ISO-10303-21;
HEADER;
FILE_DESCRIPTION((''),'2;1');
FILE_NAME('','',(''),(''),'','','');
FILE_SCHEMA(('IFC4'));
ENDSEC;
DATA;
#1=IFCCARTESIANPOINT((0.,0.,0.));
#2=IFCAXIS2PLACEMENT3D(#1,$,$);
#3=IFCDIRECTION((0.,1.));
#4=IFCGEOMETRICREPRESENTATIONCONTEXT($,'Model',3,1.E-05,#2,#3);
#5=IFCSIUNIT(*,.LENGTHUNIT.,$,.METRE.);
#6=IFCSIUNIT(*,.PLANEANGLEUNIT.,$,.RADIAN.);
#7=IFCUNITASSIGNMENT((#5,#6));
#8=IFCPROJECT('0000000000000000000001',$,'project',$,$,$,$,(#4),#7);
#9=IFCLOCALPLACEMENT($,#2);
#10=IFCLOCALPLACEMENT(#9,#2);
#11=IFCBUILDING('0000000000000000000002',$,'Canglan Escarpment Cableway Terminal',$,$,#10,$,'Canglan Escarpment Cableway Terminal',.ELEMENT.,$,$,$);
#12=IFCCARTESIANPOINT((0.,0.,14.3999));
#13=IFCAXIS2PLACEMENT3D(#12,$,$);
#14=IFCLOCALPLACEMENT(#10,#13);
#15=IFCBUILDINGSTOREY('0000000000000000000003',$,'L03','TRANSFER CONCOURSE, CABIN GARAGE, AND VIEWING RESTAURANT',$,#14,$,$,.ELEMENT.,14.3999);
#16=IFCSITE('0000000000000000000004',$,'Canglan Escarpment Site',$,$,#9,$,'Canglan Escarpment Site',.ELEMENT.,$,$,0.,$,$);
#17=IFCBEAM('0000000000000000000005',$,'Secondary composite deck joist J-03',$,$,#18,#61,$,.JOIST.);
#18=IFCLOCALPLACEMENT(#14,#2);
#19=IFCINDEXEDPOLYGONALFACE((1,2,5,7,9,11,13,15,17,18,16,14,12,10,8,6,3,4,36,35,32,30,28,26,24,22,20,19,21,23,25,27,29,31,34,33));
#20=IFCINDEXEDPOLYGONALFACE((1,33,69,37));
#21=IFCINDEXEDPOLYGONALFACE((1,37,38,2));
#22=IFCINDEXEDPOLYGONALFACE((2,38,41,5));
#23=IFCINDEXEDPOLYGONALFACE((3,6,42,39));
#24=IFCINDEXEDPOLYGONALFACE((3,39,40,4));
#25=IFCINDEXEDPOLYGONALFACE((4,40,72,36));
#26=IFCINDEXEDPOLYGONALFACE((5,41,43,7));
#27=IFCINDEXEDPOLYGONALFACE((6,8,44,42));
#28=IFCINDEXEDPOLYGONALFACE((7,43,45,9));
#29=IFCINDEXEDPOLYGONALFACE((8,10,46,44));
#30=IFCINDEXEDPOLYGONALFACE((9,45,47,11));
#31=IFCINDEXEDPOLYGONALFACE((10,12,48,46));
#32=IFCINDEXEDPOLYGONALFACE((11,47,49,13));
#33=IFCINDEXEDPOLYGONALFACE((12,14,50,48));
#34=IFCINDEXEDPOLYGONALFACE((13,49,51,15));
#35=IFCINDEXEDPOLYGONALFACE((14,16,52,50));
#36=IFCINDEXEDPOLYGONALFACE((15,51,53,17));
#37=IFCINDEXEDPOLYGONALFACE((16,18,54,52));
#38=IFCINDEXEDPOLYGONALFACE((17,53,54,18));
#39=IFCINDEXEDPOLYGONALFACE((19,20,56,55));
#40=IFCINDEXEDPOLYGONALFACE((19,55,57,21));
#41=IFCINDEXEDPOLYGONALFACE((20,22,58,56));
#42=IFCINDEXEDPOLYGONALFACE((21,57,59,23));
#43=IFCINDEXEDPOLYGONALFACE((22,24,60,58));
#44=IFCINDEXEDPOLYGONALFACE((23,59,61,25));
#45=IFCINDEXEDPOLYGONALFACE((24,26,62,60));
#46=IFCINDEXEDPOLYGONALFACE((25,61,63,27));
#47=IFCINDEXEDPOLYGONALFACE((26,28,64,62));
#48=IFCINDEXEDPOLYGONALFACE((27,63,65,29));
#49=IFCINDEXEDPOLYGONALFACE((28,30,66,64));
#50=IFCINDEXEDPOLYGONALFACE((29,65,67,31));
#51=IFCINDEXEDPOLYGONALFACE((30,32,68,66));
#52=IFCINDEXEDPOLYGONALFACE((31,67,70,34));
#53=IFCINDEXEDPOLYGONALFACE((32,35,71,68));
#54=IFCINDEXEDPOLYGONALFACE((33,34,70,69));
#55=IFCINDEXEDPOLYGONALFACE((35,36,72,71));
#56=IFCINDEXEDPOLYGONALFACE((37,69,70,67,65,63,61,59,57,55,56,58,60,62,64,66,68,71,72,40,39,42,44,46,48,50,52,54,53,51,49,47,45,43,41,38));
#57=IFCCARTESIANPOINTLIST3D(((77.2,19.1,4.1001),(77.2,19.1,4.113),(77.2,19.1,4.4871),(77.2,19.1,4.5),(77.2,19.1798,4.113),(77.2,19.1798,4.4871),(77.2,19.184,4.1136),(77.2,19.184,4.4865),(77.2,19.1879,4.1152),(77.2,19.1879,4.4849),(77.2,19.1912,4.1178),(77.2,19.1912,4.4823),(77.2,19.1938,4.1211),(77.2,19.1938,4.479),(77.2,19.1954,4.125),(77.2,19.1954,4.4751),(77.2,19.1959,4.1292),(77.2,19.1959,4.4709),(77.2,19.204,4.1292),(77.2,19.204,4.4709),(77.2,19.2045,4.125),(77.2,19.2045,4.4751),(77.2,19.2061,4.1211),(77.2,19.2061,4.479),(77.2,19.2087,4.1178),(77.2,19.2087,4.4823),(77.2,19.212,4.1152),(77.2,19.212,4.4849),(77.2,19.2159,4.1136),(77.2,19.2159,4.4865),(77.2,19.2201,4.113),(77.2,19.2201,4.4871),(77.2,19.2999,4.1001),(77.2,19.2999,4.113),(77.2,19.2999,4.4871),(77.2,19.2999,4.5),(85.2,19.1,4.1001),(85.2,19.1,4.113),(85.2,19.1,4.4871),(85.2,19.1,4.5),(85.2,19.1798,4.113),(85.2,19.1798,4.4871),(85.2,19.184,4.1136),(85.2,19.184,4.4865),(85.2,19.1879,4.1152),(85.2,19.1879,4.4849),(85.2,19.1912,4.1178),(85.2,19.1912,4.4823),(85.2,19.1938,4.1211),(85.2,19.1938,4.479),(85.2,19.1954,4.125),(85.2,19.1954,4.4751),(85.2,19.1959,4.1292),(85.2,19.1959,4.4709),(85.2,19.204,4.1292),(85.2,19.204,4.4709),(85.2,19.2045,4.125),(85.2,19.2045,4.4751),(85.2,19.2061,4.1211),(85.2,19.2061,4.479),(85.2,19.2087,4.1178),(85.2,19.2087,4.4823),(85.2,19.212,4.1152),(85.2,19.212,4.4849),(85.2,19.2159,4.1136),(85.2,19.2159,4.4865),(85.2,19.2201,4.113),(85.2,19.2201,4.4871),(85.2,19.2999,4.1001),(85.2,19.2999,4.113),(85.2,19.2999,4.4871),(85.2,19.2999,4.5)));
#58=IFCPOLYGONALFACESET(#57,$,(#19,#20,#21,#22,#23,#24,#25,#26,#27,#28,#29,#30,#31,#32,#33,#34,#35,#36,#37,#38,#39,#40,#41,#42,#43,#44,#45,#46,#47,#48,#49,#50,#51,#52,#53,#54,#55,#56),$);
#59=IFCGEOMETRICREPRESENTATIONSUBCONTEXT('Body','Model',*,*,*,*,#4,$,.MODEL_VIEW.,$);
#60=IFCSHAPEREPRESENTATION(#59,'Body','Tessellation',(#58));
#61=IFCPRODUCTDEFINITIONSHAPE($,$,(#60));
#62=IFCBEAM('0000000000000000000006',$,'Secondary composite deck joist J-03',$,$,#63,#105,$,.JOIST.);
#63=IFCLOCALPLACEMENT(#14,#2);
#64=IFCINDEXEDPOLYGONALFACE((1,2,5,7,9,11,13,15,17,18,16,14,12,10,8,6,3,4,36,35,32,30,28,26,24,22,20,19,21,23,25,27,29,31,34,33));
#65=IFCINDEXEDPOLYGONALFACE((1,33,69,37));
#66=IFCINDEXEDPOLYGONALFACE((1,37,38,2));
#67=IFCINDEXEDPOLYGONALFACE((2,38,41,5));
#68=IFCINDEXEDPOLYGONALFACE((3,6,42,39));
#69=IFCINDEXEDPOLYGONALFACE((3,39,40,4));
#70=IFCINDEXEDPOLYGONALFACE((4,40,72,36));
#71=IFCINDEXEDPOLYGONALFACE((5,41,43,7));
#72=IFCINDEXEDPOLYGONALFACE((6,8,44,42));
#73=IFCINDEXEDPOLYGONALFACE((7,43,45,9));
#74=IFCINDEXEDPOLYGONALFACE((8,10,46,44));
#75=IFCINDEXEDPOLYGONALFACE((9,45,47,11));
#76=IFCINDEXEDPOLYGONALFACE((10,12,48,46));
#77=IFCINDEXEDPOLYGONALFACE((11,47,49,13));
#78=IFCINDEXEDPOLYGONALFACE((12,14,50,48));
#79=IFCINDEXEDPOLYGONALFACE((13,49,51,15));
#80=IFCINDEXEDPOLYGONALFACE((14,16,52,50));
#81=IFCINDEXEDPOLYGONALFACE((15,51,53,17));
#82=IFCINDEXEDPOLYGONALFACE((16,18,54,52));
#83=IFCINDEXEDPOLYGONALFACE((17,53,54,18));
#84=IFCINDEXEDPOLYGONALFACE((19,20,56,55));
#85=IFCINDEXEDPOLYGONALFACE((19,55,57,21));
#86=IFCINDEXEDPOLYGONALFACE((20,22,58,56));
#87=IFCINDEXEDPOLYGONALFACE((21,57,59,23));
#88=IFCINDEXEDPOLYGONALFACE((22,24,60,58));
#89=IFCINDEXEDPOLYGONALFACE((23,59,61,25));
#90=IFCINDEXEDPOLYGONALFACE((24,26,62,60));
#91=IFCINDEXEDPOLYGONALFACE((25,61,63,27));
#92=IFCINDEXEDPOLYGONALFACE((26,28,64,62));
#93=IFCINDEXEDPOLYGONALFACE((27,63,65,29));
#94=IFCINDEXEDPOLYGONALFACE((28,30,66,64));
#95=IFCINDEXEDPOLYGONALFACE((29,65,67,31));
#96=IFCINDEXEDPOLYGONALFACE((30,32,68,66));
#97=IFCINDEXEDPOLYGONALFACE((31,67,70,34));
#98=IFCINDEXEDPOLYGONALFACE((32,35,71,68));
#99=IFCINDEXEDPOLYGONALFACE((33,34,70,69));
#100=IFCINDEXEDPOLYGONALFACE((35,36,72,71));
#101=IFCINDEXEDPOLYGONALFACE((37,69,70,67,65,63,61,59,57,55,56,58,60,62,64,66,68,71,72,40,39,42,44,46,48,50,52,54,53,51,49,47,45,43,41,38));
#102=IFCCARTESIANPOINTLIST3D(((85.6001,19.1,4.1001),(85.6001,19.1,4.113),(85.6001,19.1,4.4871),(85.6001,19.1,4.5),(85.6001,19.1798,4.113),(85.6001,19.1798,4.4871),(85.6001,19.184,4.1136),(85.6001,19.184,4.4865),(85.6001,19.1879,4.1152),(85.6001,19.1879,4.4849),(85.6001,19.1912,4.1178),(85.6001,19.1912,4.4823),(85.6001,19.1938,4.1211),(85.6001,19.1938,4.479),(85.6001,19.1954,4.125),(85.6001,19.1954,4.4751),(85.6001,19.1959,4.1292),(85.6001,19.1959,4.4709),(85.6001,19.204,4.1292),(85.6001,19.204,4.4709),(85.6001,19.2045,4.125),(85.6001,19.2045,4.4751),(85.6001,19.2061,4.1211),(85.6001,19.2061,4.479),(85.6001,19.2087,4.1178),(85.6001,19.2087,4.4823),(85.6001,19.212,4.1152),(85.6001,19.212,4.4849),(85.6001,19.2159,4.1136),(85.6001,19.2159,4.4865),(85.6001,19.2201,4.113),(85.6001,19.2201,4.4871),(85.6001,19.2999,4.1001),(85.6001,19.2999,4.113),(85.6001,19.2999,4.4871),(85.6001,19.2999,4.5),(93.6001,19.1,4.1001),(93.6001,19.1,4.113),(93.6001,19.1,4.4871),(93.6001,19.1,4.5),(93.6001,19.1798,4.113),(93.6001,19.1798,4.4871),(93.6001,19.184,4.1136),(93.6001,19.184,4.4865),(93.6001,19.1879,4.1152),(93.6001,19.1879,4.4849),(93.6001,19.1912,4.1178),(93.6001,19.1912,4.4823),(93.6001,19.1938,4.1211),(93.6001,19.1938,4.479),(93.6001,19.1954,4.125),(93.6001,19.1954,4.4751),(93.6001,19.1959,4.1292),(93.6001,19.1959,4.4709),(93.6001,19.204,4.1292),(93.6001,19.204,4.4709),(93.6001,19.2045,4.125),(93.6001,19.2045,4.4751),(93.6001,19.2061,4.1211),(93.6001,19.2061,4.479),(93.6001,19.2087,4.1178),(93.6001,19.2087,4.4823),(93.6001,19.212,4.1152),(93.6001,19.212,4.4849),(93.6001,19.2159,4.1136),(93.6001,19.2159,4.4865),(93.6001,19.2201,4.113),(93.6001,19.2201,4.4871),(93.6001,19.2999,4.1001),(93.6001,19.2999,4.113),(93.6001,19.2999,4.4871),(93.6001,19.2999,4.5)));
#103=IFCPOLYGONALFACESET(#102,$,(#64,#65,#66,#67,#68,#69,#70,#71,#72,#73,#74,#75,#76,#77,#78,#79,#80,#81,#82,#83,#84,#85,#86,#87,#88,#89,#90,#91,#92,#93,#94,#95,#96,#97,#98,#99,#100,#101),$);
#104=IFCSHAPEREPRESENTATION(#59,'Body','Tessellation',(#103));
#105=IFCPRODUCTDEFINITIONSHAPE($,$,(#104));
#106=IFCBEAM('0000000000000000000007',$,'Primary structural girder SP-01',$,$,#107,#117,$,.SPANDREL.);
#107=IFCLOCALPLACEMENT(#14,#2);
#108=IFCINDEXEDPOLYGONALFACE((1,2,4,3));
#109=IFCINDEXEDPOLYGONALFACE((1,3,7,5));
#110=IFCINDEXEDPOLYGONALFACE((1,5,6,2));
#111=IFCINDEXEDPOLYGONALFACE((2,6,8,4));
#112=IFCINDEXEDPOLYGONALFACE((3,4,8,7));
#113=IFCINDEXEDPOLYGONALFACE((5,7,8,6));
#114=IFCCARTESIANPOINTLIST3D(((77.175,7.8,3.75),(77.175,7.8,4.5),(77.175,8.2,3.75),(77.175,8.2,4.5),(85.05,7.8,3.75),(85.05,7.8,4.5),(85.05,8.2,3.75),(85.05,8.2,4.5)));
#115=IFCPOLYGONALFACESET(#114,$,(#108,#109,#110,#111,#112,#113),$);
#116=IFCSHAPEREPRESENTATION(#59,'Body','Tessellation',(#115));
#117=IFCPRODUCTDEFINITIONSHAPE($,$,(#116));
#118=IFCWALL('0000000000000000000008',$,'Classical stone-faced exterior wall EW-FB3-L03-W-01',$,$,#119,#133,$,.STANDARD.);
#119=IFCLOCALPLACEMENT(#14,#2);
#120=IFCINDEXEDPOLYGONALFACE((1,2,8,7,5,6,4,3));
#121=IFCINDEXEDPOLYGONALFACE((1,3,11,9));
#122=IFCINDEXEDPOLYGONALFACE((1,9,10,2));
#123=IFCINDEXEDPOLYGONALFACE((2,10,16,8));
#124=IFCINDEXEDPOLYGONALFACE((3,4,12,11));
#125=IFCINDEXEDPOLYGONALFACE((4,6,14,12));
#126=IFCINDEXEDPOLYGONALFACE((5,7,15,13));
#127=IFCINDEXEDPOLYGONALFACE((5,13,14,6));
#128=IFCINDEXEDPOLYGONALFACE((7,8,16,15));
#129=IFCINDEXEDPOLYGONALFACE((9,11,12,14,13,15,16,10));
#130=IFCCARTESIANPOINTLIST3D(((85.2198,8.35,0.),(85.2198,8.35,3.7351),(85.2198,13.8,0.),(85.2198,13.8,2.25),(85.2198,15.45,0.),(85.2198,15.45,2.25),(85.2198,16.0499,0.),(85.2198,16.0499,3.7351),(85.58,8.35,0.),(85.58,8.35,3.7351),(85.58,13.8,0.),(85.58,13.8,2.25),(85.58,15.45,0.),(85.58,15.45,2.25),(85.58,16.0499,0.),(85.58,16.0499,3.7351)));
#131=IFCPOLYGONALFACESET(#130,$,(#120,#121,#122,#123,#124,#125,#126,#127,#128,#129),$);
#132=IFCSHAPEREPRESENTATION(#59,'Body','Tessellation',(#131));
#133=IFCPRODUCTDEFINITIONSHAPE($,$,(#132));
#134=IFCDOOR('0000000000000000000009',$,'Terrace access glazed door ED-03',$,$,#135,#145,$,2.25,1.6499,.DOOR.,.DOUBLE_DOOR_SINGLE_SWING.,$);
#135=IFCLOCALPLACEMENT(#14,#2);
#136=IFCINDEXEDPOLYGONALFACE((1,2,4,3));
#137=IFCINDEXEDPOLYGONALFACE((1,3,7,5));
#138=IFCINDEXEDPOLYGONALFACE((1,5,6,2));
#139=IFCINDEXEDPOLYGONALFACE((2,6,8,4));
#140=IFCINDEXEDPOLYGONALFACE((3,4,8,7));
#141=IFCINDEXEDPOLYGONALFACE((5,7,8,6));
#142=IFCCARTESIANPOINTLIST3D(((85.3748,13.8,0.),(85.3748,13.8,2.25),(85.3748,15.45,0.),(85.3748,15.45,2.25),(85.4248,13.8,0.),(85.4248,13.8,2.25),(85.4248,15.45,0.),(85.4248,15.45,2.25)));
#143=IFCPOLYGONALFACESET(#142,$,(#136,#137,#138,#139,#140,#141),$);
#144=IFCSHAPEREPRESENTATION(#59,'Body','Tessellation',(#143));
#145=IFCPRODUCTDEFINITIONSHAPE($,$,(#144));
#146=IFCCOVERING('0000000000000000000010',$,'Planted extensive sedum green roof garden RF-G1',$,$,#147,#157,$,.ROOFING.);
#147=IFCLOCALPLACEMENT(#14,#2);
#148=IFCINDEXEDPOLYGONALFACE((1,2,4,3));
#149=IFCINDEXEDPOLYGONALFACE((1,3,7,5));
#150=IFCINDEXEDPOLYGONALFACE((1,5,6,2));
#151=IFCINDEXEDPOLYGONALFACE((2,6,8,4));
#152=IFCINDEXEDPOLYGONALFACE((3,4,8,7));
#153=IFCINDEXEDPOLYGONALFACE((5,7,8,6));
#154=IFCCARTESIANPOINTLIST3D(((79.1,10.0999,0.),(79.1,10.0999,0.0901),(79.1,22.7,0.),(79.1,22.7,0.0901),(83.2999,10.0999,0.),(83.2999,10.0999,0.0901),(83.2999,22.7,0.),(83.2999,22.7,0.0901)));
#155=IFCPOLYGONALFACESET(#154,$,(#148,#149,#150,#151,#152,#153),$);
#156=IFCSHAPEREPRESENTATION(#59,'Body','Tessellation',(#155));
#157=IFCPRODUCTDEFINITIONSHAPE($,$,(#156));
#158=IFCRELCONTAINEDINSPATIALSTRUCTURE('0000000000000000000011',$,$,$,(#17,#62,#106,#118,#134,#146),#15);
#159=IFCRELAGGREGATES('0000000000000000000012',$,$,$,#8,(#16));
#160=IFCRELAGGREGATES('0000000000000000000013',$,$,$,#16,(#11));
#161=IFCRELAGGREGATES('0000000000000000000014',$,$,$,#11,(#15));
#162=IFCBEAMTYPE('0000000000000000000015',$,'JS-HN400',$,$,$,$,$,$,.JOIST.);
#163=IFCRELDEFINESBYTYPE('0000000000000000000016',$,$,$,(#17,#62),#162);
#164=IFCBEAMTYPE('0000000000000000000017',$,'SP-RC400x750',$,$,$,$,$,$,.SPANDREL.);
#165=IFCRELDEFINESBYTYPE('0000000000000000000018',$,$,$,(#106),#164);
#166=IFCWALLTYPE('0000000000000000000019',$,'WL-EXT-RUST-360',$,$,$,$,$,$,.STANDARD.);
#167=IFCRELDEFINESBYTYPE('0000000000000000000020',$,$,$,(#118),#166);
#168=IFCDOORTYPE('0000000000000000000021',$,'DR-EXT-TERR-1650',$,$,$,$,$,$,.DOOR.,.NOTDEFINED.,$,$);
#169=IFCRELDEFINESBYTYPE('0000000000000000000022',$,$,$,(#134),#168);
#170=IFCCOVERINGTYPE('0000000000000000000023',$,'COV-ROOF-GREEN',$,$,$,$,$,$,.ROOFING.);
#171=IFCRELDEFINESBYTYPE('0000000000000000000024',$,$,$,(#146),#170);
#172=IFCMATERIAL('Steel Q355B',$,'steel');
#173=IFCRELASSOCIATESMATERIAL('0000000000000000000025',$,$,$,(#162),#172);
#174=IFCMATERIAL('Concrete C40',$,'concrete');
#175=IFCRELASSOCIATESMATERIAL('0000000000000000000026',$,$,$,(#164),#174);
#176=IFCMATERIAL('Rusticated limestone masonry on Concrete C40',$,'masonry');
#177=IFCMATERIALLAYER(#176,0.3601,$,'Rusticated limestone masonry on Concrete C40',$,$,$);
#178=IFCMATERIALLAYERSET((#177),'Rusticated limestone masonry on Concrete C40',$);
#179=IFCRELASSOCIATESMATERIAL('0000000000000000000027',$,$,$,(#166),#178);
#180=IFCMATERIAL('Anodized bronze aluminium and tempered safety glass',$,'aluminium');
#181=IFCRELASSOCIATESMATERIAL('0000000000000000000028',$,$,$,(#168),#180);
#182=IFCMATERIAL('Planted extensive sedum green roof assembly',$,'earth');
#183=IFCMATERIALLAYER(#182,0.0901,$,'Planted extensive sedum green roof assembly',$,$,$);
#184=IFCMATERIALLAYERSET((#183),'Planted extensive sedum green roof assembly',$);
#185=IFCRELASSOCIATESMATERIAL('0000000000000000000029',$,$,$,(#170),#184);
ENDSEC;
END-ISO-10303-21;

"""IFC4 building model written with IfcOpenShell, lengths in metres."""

from ifc_helpers import new_model, si_unit, direction, frame, frame_2d, origin, origin_2d, place, context, subcontext, project, spatial, rectangle, i_section, extrude, material, layer, layer_set, material_profile, profile_set, type_object, element, fill, save


model = new_model("IFC4")

# Units and contexts
model_context = context("Model", 3, precision=1e-05, world=origin(), true_north=direction((0.0, 1.0)))
body_context = subcontext(model_context, "Body", "Model", "MODEL_VIEW")
ifc_project = project(units=[si_unit("LENGTHUNIT", "METRE"), si_unit("PLANEANGLEUNIT", "RADIAN")], contexts=[model_context])

# Site, building, storey
site_placement = place(None, origin())
site = spatial("IfcSite", under=ifc_project, at=site_placement, Name="Canglan Escarpment Site", LongName="Canglan Escarpment Site", CompositionType="ELEMENT", RefElevation=0.0)
building_placement = place(site_placement, origin())
building = spatial("IfcBuilding", under=site, at=building_placement, Name="Canglan Escarpment Cableway Terminal", LongName="Canglan Escarpment Cableway Terminal", CompositionType="ELEMENT")
storey_placement = place(building_placement, frame((0.0, 0.0, 14.3999)))
storey = spatial("IfcBuildingStorey", under=building, at=storey_placement, Name="L03", Description="TRANSFER CONCOURSE, CABIN GARAGE, AND VIEWING RESTAURANT", CompositionType="ELEMENT", Elevation=14.3999)

# Shared definitions
ifc_material_1 = material(Name="Concrete C40", Category="concrete")

# Beams
ifc_material_2 = material(Name="Steel Q355B", Category="steel")
ifc_material_profile_1 = material_profile(ifc_material_2, i_section(OverallWidth=0.2, OverallDepth=0.3999, WebThickness=0.0081, FlangeThickness=0.0129, FilletRadius=0.0161, at=origin_2d()), Name="HN 400x200x8x13")
ifc_profile_set_1 = profile_set([ifc_material_profile_1], Name="Steel Q355B")
beam_type_1 = type_object("IfcBeamType", Name="JS-HN400", PredefinedType="JOIST", material=ifc_profile_set_1)
for number, where, z_axis, x_axis, name in (
    (1, (77.2, 19.2, 4.3), (1.0, 0.0, 0.0), (0.0, 1.0, 0.0), "Secondary composite deck joist J-03"),
    (2, (85.6001, 19.2, 4.3), (1.0, 0.0, 0.0), (0.0, 1.0, 0.0), "Secondary composite deck joist J-03"),
):
    element("IfcBeam", number, at=place(storey_placement, frame(where, z_axis=z_axis, x_axis=x_axis)), inside=storey, type_object=beam_type_1, Name=name, PredefinedType="JOIST", context=body_context, shape_type="SweptSolid", body=[
        extrude(i_section(OverallWidth=0.2, OverallDepth=0.3999, WebThickness=0.0081, FlangeThickness=0.0129, FilletRadius=0.0161, at=origin_2d()), origin(), (0.0, 0.0, 1.0), 8.0),
    ])
ifc_material_profile_2 = material_profile(ifc_material_1, rectangle(XDim=0.3999, YDim=0.75, at=origin_2d()), Name="RC 400x750")
ifc_profile_set_2 = profile_set([ifc_material_profile_2], Name="Concrete C40")
beam_type_2 = type_object("IfcBeamType", Name="SP-RC400x750", PredefinedType="SPANDREL", material=ifc_profile_set_2)
beam_1_placement = place(storey_placement, frame((77.175, 8.0, 4.125), z_axis=(1.0, 0.0, 0.0), x_axis=(0.0, 1.0, 0.0)))
element("IfcBeam", 3, at=beam_1_placement, inside=storey, type_object=beam_type_2, Name="Primary structural girder SP-01", PredefinedType="SPANDREL", context=body_context, shape_type="SweptSolid", body=[
    extrude(rectangle(XDim=0.3999, YDim=0.75, at=origin_2d()), origin(), (0.0, 0.0, 1.0), 7.875),
])

# Wall, opening, door
ifc_material_3 = material(Name="Rusticated limestone masonry on Concrete C40", Category="masonry")
ifc_layer_1 = layer(ifc_material_3, 0.3601, Name="Rusticated limestone masonry on Concrete C40")
ifc_layer_set_1 = layer_set([ifc_layer_1], Name="Rusticated limestone masonry on Concrete C40")
wall_type = type_object("IfcWallType", Name="WL-EXT-RUST-360", PredefinedType="STANDARD", material=ifc_layer_set_1)
wall_placement = place(storey_placement, frame((85.3999, 16.05, 0.0), z_axis=(0.0, 0.0, 1.0), x_axis=(0.0, -1.0, 0.0)))
wall = element("IfcWall", 4, at=wall_placement, inside=storey, type_object=wall_type, Name="Classical stone-faced exterior wall EW-FB3-L03-W-01", PredefinedType="STANDARD", context=body_context, shape_type="SweptSolid", body=[
    extrude(rectangle(XDim=7.7, YDim=0.3601, at=frame_2d((3.8501, 0.0))), origin(), (0.0, 0.0, 1.0), 3.7351),
])
opening_placement = place(wall_placement, frame((0.6001, 0.0, 0.0)))
opening = element("IfcOpeningElement", 5, at=opening_placement, cuts=wall, PredefinedType="OPENING", context=body_context, shape_type="SweptSolid", body=[
    extrude(rectangle(XDim=1.6499, YDim=2.25, at=frame_2d((0.825, 1.125))), frame((0.0, 0.1899, 0.0), z_axis=(0.0, -1.0, 0.0), x_axis=(1.0, 0.0, 0.0)), (0.0, 0.0, 1.0), 0.3801),
])
ifc_material_4 = material(Name="Anodized bronze aluminium and tempered safety glass", Category="aluminium")
door_type = type_object("IfcDoorType", Name="DR-EXT-TERR-1650", OperationType="NOTDEFINED", PredefinedType="DOOR", material=ifc_material_4)
door_placement = place(opening_placement, origin())
door = element("IfcDoor", 6, at=door_placement, inside=storey, type_object=door_type, Name="Terrace access glazed door ED-03", OperationType="DOUBLE_DOOR_SINGLE_SWING", OverallHeight=2.25, OverallWidth=1.6499, PredefinedType="DOOR", context=body_context, shape_type="SweptSolid", body=[
    extrude(rectangle(XDim=1.6499, YDim=2.25, at=frame_2d((0.825, 1.125))), frame((0.0, 0.0249, 0.0), z_axis=(0.0, -1.0, 0.0), x_axis=(1.0, 0.0, 0.0)), (0.0, 0.0, 1.0), 0.05),
])
fill(opening, door)

# Covering
ifc_material_5 = material(Name="Planted extensive sedum green roof assembly", Category="earth")
ifc_layer_2 = layer(ifc_material_5, 0.0901, Name="Planted extensive sedum green roof assembly")
ifc_layer_set_2 = layer_set([ifc_layer_2], Name="Planted extensive sedum green roof assembly")
covering_type = type_object("IfcCoveringType", Name="COV-ROOF-GREEN", PredefinedType="ROOFING", material=ifc_layer_set_2)
covering_placement = place(storey_placement, frame((81.2, 16.3999, 0.0), z_axis=(0.0, 0.0, 1.0), x_axis=(1.0, 0.0, 0.0)))
element("IfcCovering", 7, at=covering_placement, inside=storey, type_object=covering_type, Name="Planted extensive sedum green roof garden RF-G1", PredefinedType="ROOFING", context=body_context, shape_type="SweptSolid", body=[
    extrude(rectangle(XDim=4.2, YDim=12.6001, at=origin_2d()), origin(), (0.0, 0.0, 1.0), 0.0901),
])

save(model, "model.ifc")
